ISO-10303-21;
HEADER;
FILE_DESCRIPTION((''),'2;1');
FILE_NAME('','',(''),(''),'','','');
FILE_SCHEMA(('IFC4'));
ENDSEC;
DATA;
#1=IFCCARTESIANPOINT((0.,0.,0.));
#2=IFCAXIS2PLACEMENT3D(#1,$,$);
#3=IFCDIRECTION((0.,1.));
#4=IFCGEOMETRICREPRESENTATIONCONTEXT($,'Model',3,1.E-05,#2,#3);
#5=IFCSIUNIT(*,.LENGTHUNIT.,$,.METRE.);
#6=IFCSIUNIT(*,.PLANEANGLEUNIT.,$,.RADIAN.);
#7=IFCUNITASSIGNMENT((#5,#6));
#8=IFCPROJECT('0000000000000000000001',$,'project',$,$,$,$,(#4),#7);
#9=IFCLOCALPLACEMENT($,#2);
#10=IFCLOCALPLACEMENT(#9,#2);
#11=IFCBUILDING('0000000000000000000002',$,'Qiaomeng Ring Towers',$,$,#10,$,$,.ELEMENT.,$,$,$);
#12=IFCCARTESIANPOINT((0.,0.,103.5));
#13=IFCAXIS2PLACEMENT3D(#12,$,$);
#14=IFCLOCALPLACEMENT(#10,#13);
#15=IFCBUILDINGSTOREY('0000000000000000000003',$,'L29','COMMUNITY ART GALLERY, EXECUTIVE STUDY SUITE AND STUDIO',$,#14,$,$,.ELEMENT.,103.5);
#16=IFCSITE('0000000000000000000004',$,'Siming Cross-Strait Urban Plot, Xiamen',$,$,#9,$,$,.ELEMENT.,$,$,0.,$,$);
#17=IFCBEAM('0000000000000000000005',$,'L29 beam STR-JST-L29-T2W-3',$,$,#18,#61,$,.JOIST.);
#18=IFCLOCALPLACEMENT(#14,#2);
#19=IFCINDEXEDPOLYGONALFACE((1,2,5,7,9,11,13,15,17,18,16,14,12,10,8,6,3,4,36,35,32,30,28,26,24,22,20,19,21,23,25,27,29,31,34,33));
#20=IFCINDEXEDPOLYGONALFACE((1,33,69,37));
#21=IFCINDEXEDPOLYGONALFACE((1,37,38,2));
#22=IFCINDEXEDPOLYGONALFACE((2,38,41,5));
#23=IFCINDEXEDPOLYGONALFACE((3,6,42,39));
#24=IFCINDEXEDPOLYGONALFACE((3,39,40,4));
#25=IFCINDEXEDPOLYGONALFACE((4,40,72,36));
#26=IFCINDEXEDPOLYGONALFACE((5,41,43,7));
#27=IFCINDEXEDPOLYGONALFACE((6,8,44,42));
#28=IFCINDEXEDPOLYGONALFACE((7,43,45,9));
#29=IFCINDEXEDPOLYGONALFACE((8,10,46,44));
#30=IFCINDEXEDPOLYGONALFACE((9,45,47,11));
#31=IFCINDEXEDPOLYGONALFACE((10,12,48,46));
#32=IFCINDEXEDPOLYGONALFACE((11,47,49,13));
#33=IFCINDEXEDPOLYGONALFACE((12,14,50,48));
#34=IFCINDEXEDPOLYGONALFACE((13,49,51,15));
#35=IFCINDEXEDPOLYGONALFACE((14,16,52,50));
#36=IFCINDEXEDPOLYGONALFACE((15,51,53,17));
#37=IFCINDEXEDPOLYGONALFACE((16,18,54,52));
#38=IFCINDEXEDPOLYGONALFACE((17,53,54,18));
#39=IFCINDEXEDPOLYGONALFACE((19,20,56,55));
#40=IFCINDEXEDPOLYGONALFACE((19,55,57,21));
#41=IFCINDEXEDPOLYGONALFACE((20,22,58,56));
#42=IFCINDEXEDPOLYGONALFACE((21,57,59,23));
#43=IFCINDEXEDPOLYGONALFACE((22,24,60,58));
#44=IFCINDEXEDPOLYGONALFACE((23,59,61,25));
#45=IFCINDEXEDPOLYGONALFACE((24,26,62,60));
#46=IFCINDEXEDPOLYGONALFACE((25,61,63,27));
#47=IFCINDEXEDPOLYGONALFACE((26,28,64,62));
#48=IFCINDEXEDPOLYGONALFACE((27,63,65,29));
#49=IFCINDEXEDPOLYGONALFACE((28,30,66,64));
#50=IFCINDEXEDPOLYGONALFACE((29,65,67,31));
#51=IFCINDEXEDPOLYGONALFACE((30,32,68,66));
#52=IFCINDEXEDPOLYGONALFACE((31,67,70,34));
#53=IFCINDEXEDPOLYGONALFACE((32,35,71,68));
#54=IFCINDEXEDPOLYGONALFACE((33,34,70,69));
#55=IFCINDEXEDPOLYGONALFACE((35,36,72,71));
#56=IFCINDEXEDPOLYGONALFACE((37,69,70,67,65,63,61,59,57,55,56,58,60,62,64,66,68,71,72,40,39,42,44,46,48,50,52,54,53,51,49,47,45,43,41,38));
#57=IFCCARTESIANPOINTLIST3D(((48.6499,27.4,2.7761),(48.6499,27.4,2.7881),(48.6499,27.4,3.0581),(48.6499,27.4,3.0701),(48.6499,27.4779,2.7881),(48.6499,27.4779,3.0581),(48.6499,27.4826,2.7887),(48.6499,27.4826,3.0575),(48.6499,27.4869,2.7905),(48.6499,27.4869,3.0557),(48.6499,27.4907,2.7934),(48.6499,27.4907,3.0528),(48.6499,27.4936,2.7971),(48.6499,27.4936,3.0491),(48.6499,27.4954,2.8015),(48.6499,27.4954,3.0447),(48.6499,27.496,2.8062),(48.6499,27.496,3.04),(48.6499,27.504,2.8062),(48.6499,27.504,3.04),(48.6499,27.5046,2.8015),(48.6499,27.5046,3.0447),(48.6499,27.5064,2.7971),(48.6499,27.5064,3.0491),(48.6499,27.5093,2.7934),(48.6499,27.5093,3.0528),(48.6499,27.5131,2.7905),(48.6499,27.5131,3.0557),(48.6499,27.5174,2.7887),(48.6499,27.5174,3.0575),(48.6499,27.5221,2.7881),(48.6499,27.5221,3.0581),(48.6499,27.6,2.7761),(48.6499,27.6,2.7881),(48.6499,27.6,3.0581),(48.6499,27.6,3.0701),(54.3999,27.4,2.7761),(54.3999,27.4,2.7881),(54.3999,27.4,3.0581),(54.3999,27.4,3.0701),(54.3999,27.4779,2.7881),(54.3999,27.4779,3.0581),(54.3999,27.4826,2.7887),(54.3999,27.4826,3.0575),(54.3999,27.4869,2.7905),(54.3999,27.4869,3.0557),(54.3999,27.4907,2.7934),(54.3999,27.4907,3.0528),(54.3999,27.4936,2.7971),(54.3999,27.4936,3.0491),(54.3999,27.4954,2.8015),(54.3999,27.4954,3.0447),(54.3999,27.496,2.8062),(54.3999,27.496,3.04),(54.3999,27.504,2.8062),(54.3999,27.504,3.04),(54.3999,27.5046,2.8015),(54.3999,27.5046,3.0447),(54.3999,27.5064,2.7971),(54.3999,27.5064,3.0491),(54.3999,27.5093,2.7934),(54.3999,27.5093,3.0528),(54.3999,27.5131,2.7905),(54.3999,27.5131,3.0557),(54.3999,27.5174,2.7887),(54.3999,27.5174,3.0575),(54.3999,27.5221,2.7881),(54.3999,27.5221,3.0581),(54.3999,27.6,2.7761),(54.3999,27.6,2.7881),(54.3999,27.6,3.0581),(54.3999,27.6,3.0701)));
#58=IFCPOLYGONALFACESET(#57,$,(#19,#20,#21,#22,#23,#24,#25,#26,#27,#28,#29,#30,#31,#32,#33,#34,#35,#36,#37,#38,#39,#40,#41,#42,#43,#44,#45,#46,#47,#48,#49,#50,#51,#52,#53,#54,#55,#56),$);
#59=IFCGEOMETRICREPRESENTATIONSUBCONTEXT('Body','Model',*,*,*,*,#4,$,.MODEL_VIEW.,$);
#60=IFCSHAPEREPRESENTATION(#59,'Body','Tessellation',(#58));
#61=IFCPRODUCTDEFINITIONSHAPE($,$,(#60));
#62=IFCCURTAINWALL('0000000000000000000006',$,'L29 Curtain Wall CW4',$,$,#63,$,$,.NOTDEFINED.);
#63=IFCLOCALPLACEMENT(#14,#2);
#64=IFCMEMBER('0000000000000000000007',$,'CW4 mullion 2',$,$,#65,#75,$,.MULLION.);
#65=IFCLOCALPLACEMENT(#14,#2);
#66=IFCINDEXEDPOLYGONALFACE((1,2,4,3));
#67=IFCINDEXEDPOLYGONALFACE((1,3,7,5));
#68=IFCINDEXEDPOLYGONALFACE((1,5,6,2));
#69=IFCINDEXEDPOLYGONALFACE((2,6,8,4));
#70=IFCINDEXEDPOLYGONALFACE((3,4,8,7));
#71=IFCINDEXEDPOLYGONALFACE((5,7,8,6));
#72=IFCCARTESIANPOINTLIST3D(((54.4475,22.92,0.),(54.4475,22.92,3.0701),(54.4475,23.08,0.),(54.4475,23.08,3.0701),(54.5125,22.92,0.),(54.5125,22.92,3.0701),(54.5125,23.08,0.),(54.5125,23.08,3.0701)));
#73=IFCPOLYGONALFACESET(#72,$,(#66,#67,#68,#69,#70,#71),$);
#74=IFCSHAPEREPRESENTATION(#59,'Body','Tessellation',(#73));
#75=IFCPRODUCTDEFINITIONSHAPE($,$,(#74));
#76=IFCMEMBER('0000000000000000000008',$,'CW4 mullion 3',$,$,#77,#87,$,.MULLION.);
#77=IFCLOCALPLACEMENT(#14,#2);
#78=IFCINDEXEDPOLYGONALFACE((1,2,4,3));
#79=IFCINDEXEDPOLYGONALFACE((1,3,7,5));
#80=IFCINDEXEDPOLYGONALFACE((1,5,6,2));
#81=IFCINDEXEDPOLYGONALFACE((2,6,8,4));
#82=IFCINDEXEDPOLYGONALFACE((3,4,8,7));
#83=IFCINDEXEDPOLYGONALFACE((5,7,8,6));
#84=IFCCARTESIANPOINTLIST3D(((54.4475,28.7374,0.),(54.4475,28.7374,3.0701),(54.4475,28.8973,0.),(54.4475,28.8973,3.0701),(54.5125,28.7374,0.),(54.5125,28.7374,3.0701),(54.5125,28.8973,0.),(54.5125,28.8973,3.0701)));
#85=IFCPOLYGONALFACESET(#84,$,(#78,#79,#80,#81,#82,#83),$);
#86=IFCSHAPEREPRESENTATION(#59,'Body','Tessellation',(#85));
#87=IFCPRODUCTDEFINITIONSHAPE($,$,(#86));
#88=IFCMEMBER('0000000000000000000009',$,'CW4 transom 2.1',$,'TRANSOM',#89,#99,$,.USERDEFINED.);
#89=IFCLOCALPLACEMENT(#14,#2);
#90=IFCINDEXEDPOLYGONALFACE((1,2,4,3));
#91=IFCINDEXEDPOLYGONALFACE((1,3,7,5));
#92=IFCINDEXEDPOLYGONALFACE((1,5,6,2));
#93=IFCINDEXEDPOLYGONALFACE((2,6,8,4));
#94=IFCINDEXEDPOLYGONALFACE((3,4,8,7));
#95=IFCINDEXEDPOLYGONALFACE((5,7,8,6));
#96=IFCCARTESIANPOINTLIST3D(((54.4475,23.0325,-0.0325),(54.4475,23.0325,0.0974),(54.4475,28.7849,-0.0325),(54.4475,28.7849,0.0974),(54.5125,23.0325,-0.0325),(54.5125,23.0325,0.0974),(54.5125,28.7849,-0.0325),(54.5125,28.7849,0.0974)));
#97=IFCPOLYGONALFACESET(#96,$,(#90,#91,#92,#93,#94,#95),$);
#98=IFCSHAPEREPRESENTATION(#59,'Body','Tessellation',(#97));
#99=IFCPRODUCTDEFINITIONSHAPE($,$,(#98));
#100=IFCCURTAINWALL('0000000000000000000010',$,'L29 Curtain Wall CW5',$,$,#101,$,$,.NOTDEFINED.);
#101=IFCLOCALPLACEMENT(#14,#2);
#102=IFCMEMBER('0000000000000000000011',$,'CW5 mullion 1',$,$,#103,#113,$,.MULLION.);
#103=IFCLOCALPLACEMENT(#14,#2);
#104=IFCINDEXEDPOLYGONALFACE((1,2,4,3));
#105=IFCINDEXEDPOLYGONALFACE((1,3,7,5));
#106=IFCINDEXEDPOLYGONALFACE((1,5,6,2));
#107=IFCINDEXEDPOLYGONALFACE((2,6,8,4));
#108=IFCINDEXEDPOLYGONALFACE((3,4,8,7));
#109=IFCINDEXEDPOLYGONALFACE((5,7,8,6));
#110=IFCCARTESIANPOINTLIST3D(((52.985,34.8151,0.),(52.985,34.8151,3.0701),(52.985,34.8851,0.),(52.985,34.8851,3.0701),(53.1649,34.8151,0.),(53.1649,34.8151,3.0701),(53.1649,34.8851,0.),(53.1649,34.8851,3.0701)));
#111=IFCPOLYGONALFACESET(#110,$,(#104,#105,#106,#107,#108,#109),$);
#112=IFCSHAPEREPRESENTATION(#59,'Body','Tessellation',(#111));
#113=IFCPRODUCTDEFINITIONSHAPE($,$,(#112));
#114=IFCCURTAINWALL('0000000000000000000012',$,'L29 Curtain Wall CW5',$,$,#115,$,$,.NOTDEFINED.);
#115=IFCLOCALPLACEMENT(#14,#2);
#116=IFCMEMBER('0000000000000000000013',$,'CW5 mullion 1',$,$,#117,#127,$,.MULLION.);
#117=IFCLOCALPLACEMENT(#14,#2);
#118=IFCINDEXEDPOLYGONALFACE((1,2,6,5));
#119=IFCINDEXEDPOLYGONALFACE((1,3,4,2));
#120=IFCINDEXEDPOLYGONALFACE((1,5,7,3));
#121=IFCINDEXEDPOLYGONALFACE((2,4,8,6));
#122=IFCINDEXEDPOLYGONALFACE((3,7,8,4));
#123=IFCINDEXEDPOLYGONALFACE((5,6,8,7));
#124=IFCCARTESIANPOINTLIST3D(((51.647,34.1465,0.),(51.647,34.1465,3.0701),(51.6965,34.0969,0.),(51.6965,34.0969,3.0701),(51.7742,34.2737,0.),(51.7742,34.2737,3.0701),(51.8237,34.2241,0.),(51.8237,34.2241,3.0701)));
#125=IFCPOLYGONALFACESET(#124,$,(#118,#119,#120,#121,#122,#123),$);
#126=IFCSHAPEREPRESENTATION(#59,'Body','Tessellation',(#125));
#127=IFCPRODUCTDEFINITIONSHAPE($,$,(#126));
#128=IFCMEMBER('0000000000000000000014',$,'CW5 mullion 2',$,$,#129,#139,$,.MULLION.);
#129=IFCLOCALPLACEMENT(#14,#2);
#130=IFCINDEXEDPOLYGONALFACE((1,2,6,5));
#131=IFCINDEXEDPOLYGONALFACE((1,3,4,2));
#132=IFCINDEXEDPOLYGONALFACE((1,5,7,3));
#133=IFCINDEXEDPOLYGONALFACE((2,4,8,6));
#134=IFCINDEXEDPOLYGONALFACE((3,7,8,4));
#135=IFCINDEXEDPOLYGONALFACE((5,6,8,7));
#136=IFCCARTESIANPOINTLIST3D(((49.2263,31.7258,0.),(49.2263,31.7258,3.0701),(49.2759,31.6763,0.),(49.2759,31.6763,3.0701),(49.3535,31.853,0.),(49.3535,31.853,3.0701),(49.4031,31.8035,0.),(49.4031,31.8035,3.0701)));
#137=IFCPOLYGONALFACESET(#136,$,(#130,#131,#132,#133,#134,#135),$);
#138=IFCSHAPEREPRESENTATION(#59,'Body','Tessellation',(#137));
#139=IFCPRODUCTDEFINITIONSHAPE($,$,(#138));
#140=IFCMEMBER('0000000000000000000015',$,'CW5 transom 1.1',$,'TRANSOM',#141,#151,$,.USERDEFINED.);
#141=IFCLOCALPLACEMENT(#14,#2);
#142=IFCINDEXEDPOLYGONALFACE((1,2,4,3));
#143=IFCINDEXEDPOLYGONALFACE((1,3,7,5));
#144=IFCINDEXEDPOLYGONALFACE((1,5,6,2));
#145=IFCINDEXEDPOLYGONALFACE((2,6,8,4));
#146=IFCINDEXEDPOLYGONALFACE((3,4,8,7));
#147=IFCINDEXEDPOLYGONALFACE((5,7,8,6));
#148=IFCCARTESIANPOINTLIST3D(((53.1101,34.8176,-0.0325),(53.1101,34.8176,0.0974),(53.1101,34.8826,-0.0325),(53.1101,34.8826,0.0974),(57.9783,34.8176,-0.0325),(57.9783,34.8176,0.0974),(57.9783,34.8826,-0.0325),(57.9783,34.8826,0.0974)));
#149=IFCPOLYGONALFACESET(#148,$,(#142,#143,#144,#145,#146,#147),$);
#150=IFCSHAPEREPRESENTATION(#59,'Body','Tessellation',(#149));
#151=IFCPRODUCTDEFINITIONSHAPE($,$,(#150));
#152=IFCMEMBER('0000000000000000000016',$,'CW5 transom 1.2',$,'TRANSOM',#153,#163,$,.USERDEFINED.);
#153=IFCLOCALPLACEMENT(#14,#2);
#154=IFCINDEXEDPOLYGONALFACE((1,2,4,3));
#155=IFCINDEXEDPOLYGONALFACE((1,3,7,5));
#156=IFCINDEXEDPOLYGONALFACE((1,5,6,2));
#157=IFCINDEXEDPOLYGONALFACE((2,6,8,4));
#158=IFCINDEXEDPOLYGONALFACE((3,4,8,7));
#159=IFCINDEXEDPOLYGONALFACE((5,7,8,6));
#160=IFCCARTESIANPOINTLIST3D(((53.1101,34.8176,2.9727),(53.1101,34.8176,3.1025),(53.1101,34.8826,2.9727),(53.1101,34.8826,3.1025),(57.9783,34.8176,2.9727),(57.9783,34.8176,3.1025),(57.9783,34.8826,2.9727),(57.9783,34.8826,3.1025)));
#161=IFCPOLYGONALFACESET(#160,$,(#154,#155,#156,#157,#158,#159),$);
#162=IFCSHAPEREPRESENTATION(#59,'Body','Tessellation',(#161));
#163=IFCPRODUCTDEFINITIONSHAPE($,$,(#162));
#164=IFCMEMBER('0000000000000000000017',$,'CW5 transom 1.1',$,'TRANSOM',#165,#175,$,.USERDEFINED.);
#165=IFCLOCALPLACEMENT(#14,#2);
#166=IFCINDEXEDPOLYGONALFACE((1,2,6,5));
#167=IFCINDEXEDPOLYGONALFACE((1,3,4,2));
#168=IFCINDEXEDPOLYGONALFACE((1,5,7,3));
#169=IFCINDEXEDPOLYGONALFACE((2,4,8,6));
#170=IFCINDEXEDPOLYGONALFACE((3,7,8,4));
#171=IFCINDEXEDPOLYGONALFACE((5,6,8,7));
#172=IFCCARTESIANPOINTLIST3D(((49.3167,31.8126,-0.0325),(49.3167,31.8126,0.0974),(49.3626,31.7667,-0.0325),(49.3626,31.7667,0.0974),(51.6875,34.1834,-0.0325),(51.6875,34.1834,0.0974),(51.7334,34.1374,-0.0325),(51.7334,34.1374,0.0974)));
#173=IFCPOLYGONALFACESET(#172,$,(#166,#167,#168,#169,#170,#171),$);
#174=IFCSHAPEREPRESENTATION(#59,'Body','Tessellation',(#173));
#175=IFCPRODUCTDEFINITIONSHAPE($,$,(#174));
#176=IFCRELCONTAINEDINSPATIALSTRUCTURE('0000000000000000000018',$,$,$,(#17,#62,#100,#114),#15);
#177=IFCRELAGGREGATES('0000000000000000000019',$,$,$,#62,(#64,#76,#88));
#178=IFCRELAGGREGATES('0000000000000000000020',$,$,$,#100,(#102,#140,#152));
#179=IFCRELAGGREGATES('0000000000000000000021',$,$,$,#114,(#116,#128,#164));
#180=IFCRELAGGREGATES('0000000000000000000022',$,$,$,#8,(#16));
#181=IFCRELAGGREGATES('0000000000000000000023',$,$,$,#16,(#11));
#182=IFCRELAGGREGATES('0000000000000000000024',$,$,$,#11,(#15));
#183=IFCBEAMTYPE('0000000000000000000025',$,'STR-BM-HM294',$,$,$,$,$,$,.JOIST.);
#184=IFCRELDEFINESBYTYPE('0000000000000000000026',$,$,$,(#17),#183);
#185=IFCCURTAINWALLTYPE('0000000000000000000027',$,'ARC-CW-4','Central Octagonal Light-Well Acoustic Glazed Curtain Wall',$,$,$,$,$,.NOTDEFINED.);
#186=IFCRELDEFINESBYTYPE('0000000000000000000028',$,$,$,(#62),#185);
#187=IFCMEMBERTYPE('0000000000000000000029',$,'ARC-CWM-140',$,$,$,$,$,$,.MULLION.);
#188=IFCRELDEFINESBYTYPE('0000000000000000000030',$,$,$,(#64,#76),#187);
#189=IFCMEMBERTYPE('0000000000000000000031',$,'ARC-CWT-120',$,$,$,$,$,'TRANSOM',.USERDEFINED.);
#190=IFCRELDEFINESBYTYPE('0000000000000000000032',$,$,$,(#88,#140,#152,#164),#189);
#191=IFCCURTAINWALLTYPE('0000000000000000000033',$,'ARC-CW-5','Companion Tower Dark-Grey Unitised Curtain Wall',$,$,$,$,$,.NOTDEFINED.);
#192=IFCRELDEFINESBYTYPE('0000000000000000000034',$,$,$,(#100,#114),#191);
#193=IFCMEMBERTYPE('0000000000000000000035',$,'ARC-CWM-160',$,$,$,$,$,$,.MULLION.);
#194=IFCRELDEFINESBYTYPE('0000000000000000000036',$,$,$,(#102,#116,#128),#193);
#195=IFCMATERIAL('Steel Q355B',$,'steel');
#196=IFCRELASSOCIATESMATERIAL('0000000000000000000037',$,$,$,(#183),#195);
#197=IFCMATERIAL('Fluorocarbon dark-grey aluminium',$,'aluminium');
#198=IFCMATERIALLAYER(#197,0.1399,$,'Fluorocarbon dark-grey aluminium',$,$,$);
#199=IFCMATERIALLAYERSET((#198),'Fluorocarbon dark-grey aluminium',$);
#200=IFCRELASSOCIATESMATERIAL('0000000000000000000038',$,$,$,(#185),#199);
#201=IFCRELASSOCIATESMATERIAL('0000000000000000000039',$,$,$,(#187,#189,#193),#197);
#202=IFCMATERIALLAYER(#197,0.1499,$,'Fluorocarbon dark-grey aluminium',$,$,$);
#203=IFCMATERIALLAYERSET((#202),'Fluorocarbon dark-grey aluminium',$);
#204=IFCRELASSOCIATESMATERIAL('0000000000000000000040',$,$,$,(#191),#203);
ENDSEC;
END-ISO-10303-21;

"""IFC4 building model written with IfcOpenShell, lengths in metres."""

from ifc_helpers import new_model, si_unit, direction, frame, origin, origin_2d, place, context, subcontext, project, spatial, rectangle, i_section, extrude, source, transform, mapped, material, layer, layer_set, material_profile, profile_set, type_object, element, aggregate, save


model = new_model("IFC4")

# Units and contexts
model_context = context("Model", 3, precision=1e-05, world=origin(), true_north=direction((0.0, 1.0)))
body_context = subcontext(model_context, "Body", "Model", "MODEL_VIEW")
ifc_project = project(units=[si_unit("LENGTHUNIT", "METRE"), si_unit("PLANEANGLEUNIT", "RADIAN")], contexts=[model_context])

# Site, building, storey
site_placement = place(None, origin())
site = spatial("IfcSite", under=ifc_project, at=site_placement, Name="Siming Cross-Strait Urban Plot, Xiamen", CompositionType="ELEMENT", RefElevation=0.0)
building_placement = place(site_placement, origin())
building = spatial("IfcBuilding", under=site, at=building_placement, Name="Qiaomeng Ring Towers", CompositionType="ELEMENT")
storey_placement = place(building_placement, frame((0.0, 0.0, 103.5)))
storey = spatial("IfcBuildingStorey", under=building, at=storey_placement, Name="L29", Description="COMMUNITY ART GALLERY, EXECUTIVE STUDY SUITE AND STUDIO", CompositionType="ELEMENT", Elevation=103.5)

# Beam
ifc_material_1 = material(Name="Steel Q355B", Category="steel")
ifc_material_profile_1 = material_profile(ifc_material_1, i_section(OverallWidth=0.2, OverallDepth=0.2939, WebThickness=0.0081, FlangeThickness=0.012, FilletRadius=0.0181, at=origin_2d()), Name="HM 294x200x8x12")
ifc_profile_set_1 = profile_set([ifc_material_profile_1], Name="Steel Q355B")
beam_type_1 = type_object("IfcBeamType", Name="STR-BM-HM294", PredefinedType="JOIST", material=ifc_profile_set_1)
shared_shape_1 = source(origin(), body_context, "Body", "SweptSolid", [
    extrude(i_section(OverallWidth=0.2, OverallDepth=0.2939, WebThickness=0.0081, FlangeThickness=0.012, FilletRadius=0.0181, at=origin_2d()), origin(), (0.0, 0.0, 1.0), 5.75),
])
for number, where, z_axis, x_axis, name in (
    (1, (48.6499, 27.5, 2.9231), (1.0, 0.0, 0.0), (0.0, 1.0, 0.0), "L29 beam STR-JST-L29-T2W-3"),
):
    element("IfcBeam", number, at=place(storey_placement, frame(where, z_axis=z_axis, x_axis=x_axis)), inside=storey, type_object=beam_type_1, Name=name, PredefinedType="JOIST", context=body_context, shape_type="MappedRepresentation", body=[
        mapped(shared_shape_1, transform((0.0, 0.0, 0.0), x_axis=(1.0, 0.0, 0.0), y_axis=(0.0, 1.0, 0.0), z_axis=(0.0, 0.0, 1.0), scale=1.0)),
    ])

# Curtain wall, members
ifc_material_2 = material(Name="Fluorocarbon dark-grey aluminium", Category="aluminium")
ifc_layer_1 = layer(ifc_material_2, 0.1399, Name="Fluorocarbon dark-grey aluminium")
ifc_layer_set_1 = layer_set([ifc_layer_1], Name="Fluorocarbon dark-grey aluminium")
curtain_wall_type_1 = type_object("IfcCurtainWallType", Name="ARC-CW-4", Description="Central Octagonal Light-Well Acoustic Glazed Curtain Wall", PredefinedType="NOTDEFINED", material=ifc_layer_set_1)
curtain_wall_1_placement = place(storey_placement, origin())
curtain_wall_1 = element("IfcCurtainWall", 2, at=curtain_wall_1_placement, inside=storey, type_object=curtain_wall_type_1, Name="L29 Curtain Wall CW4", PredefinedType="NOTDEFINED")
ifc_material_profile_2 = material_profile(ifc_material_2, rectangle(XDim=0.0649, YDim=0.1599, at=origin_2d()), Name="ALU MULL 65x160")
ifc_profile_set_2 = profile_set([ifc_material_profile_2], Name="Fluorocarbon dark-grey aluminium")
member_type_1 = type_object("IfcMemberType", Name="ARC-CWM-140", PredefinedType="MULLION", material=ifc_profile_set_2)
shared_shape_2 = source(origin(), body_context, "Body", "SweptSolid", [
    extrude(rectangle(XDim=0.0649, YDim=0.1599, at=origin_2d()), origin(), (0.0, 0.0, 1.0), 3.0701),
])
member_1_placement = place(storey_placement, frame((54.48, 23.0, 0.0), z_axis=(0.0, 0.0, 1.0), x_axis=(-1.0, 0.0, 0.0)))
member_1 = element("IfcMember", 3, at=member_1_placement, type_object=member_type_1, Name="CW4 mullion 2", PredefinedType="MULLION", context=body_context, shape_type="MappedRepresentation", body=[
    mapped(shared_shape_2, transform((0.0, 0.0, 0.0), x_axis=(1.0, 0.0, 0.0), y_axis=(0.0, 1.0, 0.0), z_axis=(0.0, 0.0, 1.0), scale=1.0)),
])
member_2_placement = place(storey_placement, frame((54.48, 28.8174, 0.0), z_axis=(0.0, 0.0, 1.0), x_axis=(-1.0, 0.0, 0.0)))
member_2 = element("IfcMember", 4, at=member_2_placement, type_object=member_type_1, Name="CW4 mullion 3", PredefinedType="MULLION", context=body_context, shape_type="MappedRepresentation", body=[
    mapped(shared_shape_2, transform((0.0, 0.0, 0.0), x_axis=(1.0, 0.0, 0.0), y_axis=(0.0, 1.0, 0.0), z_axis=(0.0, 0.0, 1.0), scale=1.0)),
])
ifc_material_profile_3 = material_profile(ifc_material_2, rectangle(XDim=0.0649, YDim=0.1299, at=origin_2d()), Name="ALU TRAN 65x130")
ifc_profile_set_3 = profile_set([ifc_material_profile_3], Name="Fluorocarbon dark-grey aluminium")
member_type_2 = type_object("IfcMemberType", Name="ARC-CWT-120", ElementType="TRANSOM", PredefinedType="USERDEFINED", material=ifc_profile_set_3)
shared_shape_3 = source(origin(), body_context, "Body", "SweptSolid", [
    extrude(rectangle(XDim=0.0649, YDim=0.1299, at=origin_2d()), origin(), (0.0, 0.0, 1.0), 5.7524),
])
member_3_placement = place(storey_placement, frame((54.48, 23.0325, 0.0325), z_axis=(0.0, 1.0, 0.0), x_axis=(-1.0, 0.0, 0.0)))
member_3 = element("IfcMember", 5, at=member_3_placement, type_object=member_type_2, Name="CW4 transom 2.1", ObjectType="TRANSOM", PredefinedType="USERDEFINED", context=body_context, shape_type="MappedRepresentation", body=[
    mapped(shared_shape_3, transform((0.0, 0.0, 0.0), x_axis=(1.0, 0.0, 0.0), y_axis=(0.0, 1.0, 0.0), z_axis=(0.0, 0.0, 1.0), scale=1.0)),
])
aggregate(curtain_wall_1, [member_1, member_2, member_3])

# Curtain wall, member
ifc_layer_2 = layer(ifc_material_2, 0.1499, Name="Fluorocarbon dark-grey aluminium")
ifc_layer_set_2 = layer_set([ifc_layer_2], Name="Fluorocarbon dark-grey aluminium")
curtain_wall_type_2 = type_object("IfcCurtainWallType", Name="ARC-CW-5", Description="Companion Tower Dark-Grey Unitised Curtain Wall", PredefinedType="NOTDEFINED", material=ifc_layer_set_2)
curtain_wall_2_placement = place(storey_placement, origin())
curtain_wall_2 = element("IfcCurtainWall", 6, at=curtain_wall_2_placement, inside=storey, type_object=curtain_wall_type_2, Name="L29 Curtain Wall CW5", PredefinedType="NOTDEFINED")
ifc_material_profile_4 = material_profile(ifc_material_2, rectangle(XDim=0.0701, YDim=0.1799, at=origin_2d()), Name="ALU MULL 70x180")
ifc_profile_set_4 = profile_set([ifc_material_profile_4], Name="Fluorocarbon dark-grey aluminium")
member_type_3 = type_object("IfcMemberType", Name="ARC-CWM-160", PredefinedType="MULLION", material=ifc_profile_set_4)
shared_shape_4 = source(origin(), body_context, "Body", "SweptSolid", [
    extrude(rectangle(XDim=0.0701, YDim=0.1799, at=origin_2d()), origin(), (0.0, 0.0, 1.0), 3.0701),
])
member_4_placement = place(storey_placement, frame((53.075, 34.8501, 0.0), z_axis=(0.0, 0.0, 1.0), x_axis=(0.0, 1.0, 0.0)))
member_4 = element("IfcMember", 7, at=member_4_placement, type_object=member_type_3, Name="CW5 mullion 1", PredefinedType="MULLION", context=body_context, shape_type="MappedRepresentation", body=[
    mapped(shared_shape_4, transform((0.0, 0.0, 0.0), x_axis=(1.0, 0.0, 0.0), y_axis=(0.0, 1.0, 0.0), z_axis=(0.0, 0.0, 1.0), scale=1.0)),
])

# Curtain wall, members
curtain_wall_3_placement = place(storey_placement, origin())
curtain_wall_3 = element("IfcCurtainWall", 8, at=curtain_wall_3_placement, inside=storey, type_object=curtain_wall_type_2, Name="L29 Curtain Wall CW5", PredefinedType="NOTDEFINED")
member_5_placement = place(storey_placement, frame((51.7354, 34.1853, 0.0), z_axis=(0.0, 0.0, 1.0), x_axis=(0.707107, -0.707107, 0.0)))
member_5 = element("IfcMember", 9, at=member_5_placement, type_object=member_type_3, Name="CW5 mullion 1", PredefinedType="MULLION", context=body_context, shape_type="MappedRepresentation", body=[
    mapped(shared_shape_4, transform((0.0, 0.0, 0.0), x_axis=(1.0, 0.0, 0.0), y_axis=(0.0, 1.0, 0.0), z_axis=(0.0, 0.0, 1.0), scale=1.0)),
])
member_6_placement = place(storey_placement, frame((49.3147, 31.7646, 0.0), z_axis=(0.0, 0.0, 1.0), x_axis=(0.707107, -0.707107, 0.0)))
member_6 = element("IfcMember", 10, at=member_6_placement, type_object=member_type_3, Name="CW5 mullion 2", PredefinedType="MULLION", context=body_context, shape_type="MappedRepresentation", body=[
    mapped(shared_shape_4, transform((0.0, 0.0, 0.0), x_axis=(1.0, 0.0, 0.0), y_axis=(0.0, 1.0, 0.0), z_axis=(0.0, 0.0, 1.0), scale=1.0)),
])

# Members
shared_shape_5 = source(origin(), body_context, "Body", "SweptSolid", [
    extrude(rectangle(XDim=0.0649, YDim=0.1299, at=origin_2d()), origin(), (0.0, 0.0, 1.0), 4.8682),
])
member_7_placement = place(storey_placement, frame((53.1101, 34.8501, 0.0325), z_axis=(1.0, 0.0, 0.0), x_axis=(0.0, 1.0, 0.0)))
member_7 = element("IfcMember", 11, at=member_7_placement, type_object=member_type_2, Name="CW5 transom 1.1", ObjectType="TRANSOM", PredefinedType="USERDEFINED", context=body_context, shape_type="MappedRepresentation", body=[
    mapped(shared_shape_5, transform((0.0, 0.0, 0.0), x_axis=(1.0, 0.0, 0.0), y_axis=(0.0, 1.0, 0.0), z_axis=(0.0, 0.0, 1.0), scale=1.0)),
])
member_8_placement = place(storey_placement, frame((53.1101, 34.8501, 3.0376), z_axis=(1.0, 0.0, 0.0), x_axis=(0.0, 1.0, 0.0)))
member_8 = element("IfcMember", 12, at=member_8_placement, type_object=member_type_2, Name="CW5 transom 1.2", ObjectType="TRANSOM", PredefinedType="USERDEFINED", context=body_context, shape_type="MappedRepresentation", body=[
    mapped(shared_shape_5, transform((0.0, 0.0, 0.0), x_axis=(1.0, 0.0, 0.0), y_axis=(0.0, 1.0, 0.0), z_axis=(0.0, 0.0, 1.0), scale=1.0)),
])
aggregate(curtain_wall_2, [member_4, member_7, member_8])
shared_shape_6 = source(origin(), body_context, "Body", "SweptSolid", [
    extrude(rectangle(XDim=0.0649, YDim=0.1299, at=origin_2d()), origin(), (0.0, 0.0, 1.0), 3.3528),
])
member_9_placement = place(storey_placement, frame((51.7104, 34.1604, 0.0325), z_axis=(-0.707107, -0.707107, 0.0), x_axis=(0.707107, -0.707107, 0.0)))
member_9 = element("IfcMember", 13, at=member_9_placement, type_object=member_type_2, Name="CW5 transom 1.1", ObjectType="TRANSOM", PredefinedType="USERDEFINED", context=body_context, shape_type="MappedRepresentation", body=[
    mapped(shared_shape_6, transform((0.0, 0.0, 0.0), x_axis=(1.0, 0.0, 0.0), y_axis=(0.0, 1.0, 0.0), z_axis=(0.0, 0.0, 1.0), scale=1.0)),
])

aggregate(curtain_wall_3, [member_5, member_6, member_9])

save(model, "model.ifc")
